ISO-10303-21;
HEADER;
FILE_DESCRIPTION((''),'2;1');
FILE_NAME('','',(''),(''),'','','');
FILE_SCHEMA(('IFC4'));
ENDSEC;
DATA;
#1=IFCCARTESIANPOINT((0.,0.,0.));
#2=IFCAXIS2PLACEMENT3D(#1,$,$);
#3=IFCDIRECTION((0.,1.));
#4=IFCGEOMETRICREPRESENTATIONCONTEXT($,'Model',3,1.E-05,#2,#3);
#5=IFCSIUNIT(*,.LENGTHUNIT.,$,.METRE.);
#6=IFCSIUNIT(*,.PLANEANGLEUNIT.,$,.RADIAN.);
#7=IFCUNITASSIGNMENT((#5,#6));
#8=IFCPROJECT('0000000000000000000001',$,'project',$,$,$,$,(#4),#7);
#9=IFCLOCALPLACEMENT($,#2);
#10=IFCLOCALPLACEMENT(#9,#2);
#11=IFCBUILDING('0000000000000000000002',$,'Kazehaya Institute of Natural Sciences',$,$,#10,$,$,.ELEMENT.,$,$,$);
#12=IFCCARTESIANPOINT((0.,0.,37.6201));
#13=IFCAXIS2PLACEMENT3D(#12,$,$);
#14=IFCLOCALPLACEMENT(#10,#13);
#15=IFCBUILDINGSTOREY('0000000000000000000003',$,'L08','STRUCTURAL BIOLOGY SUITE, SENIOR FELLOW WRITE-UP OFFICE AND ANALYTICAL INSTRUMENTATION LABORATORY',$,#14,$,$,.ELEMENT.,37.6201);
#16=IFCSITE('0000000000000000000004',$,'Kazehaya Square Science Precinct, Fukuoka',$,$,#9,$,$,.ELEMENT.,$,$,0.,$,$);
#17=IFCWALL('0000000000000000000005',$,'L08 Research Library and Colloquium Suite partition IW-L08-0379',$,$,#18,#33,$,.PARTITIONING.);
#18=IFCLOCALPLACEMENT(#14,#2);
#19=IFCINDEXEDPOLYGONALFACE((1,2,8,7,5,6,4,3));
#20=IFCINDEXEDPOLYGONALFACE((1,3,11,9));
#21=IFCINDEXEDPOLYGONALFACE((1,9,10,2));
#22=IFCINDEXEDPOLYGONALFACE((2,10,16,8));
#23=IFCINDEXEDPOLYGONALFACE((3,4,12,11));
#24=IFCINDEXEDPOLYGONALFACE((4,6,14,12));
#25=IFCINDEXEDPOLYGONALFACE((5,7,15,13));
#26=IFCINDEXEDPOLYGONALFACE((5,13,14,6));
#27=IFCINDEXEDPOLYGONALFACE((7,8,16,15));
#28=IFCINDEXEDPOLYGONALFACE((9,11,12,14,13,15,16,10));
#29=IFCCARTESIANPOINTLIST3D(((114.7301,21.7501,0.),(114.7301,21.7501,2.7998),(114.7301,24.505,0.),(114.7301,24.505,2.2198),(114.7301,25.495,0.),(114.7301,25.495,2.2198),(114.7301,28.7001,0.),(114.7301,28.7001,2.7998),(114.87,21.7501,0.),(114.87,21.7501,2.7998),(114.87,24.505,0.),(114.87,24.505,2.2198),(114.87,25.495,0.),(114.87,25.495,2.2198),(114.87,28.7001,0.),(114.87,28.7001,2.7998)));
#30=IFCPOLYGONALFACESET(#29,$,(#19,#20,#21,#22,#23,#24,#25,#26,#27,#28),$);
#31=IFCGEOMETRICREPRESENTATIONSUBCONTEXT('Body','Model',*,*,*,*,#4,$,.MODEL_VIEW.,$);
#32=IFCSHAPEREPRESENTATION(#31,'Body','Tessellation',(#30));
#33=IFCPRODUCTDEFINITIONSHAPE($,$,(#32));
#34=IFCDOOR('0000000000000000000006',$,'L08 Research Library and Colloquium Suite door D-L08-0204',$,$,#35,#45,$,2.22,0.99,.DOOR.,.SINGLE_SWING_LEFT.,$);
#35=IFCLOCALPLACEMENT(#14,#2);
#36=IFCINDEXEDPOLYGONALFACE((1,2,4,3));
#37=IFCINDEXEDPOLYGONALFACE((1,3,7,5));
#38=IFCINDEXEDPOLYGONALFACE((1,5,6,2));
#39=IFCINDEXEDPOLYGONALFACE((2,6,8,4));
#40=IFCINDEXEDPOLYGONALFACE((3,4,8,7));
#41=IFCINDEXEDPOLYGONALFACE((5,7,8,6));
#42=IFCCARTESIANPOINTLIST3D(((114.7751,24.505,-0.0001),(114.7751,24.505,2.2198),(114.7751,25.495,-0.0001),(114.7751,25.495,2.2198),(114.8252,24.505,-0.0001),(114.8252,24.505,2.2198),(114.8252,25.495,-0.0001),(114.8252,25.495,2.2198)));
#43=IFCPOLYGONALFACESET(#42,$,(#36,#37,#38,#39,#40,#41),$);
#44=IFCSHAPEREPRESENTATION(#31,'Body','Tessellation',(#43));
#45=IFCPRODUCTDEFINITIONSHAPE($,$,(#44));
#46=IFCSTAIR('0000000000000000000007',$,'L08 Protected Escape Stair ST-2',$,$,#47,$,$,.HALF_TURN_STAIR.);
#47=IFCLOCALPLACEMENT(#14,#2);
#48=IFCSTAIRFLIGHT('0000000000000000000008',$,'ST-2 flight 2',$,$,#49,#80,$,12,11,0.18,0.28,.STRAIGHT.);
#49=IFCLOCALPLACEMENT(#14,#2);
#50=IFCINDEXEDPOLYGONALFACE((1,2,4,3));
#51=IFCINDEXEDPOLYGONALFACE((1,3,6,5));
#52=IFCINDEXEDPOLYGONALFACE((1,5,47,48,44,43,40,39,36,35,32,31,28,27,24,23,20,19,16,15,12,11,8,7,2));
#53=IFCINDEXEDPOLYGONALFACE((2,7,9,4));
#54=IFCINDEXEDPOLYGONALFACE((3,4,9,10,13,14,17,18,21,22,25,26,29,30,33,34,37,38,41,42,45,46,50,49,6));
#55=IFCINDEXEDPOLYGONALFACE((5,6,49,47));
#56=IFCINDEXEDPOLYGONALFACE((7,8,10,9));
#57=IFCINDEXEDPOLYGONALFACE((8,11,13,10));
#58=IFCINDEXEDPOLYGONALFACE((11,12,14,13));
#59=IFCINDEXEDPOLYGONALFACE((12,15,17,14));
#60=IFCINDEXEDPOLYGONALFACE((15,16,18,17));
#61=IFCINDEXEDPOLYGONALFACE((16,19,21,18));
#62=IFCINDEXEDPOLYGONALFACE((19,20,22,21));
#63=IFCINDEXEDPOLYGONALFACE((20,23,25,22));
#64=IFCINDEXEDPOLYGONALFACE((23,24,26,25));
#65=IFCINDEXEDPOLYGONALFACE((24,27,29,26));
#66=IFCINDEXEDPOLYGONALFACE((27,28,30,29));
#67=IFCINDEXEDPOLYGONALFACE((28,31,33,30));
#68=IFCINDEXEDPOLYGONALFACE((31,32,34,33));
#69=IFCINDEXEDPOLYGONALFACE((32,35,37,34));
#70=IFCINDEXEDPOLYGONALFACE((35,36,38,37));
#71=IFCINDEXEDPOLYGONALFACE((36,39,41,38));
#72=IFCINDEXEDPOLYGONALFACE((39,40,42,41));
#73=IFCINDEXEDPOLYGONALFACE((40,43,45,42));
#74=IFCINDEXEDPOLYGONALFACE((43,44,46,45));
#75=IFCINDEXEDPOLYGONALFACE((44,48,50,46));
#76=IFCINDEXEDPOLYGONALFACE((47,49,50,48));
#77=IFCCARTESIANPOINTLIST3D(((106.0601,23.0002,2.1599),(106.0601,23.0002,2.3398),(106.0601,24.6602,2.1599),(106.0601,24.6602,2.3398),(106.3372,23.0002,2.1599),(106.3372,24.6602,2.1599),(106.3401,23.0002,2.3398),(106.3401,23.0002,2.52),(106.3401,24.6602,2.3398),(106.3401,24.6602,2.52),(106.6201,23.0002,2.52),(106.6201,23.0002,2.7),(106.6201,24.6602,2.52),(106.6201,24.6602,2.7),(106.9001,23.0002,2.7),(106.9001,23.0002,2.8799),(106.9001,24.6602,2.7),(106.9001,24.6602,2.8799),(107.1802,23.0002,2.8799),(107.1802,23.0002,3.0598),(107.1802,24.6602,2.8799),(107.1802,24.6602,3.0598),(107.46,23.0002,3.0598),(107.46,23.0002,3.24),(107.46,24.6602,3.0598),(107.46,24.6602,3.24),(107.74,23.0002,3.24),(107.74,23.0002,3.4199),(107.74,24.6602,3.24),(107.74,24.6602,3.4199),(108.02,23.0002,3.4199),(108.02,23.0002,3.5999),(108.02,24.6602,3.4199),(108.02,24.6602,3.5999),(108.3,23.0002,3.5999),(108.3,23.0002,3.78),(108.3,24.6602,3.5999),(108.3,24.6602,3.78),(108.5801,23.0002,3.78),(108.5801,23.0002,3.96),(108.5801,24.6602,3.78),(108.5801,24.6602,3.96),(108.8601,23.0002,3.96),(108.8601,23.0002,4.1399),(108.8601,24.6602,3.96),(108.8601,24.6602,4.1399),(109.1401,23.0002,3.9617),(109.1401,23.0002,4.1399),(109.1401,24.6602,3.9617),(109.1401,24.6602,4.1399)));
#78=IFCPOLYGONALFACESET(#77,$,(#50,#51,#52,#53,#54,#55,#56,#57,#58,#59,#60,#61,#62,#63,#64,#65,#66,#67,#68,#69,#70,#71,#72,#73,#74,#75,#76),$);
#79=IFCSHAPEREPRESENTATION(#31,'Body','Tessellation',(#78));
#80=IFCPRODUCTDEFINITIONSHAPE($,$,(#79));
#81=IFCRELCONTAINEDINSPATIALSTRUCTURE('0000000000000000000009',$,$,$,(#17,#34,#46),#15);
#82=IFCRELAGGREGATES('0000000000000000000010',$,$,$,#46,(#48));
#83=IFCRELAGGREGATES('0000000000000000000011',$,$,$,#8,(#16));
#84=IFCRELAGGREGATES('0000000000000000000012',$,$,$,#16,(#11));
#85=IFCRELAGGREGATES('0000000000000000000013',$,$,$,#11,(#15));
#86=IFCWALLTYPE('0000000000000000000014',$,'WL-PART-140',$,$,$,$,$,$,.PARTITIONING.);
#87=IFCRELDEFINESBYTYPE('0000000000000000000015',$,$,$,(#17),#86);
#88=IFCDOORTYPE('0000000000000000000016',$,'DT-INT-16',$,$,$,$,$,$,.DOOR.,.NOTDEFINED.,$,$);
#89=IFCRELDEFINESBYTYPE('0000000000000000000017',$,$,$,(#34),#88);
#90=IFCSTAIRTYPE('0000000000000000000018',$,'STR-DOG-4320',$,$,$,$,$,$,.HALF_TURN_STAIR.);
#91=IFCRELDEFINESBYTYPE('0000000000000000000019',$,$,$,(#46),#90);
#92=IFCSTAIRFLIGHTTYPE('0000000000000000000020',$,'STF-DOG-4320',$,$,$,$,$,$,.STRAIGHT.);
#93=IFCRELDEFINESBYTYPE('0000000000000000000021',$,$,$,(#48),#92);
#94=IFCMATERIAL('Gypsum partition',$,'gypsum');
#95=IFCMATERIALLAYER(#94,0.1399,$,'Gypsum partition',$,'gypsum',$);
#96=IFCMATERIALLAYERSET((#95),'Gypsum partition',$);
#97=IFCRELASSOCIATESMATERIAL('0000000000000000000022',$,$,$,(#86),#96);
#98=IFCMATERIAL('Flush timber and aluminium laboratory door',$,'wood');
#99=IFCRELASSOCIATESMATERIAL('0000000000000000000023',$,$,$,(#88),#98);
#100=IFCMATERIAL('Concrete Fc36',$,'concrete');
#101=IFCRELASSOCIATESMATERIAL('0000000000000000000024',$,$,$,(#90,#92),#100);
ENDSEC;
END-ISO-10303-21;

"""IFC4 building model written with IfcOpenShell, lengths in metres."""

from ifc_helpers import new_model, si_unit, direction, frame, frame_2d, origin, place, context, subcontext, project, spatial, polyline, rectangle, outline, extrude, material, layer, layer_set, type_object, element, fill, aggregate, save


model = new_model("IFC4")

# Units and contexts
model_context = context("Model", 3, precision=1e-05, world=origin(), true_north=direction((0.0, 1.0)))
body_context = subcontext(model_context, "Body", "Model", "MODEL_VIEW")
ifc_project = project(units=[si_unit("LENGTHUNIT", "METRE"), si_unit("PLANEANGLEUNIT", "RADIAN")], contexts=[model_context])

# Site, building, storey
site_placement = place(None, origin())
site = spatial("IfcSite", under=ifc_project, at=site_placement, Name="Kazehaya Square Science Precinct, Fukuoka", CompositionType="ELEMENT", RefElevation=0.0)
building_placement = place(site_placement, origin())
building = spatial("IfcBuilding", under=site, at=building_placement, Name="Kazehaya Institute of Natural Sciences", CompositionType="ELEMENT")
storey_placement = place(building_placement, frame((0.0, 0.0, 37.6201)))
storey = spatial("IfcBuildingStorey", under=building, at=storey_placement, Name="L08", Description="STRUCTURAL BIOLOGY SUITE, SENIOR FELLOW WRITE-UP OFFICE AND ANALYTICAL INSTRUMENTATION LABORATORY", CompositionType="ELEMENT", Elevation=37.6201)

# Shared definitions
ifc_material_1 = material(Name="Concrete Fc36", Category="concrete")

# Shared definitions
ifc_material_2 = material(Name="Gypsum partition", Category="gypsum")
ifc_layer_1 = layer(ifc_material_2, 0.1399, Name="Gypsum partition", Category="gypsum")
ifc_layer_set_1 = layer_set([ifc_layer_1], Name="Gypsum partition")
wall_type_1 = type_object("IfcWallType", Name="WL-PART-140", PredefinedType="PARTITIONING", material=ifc_layer_set_1)

# Wall, opening, door
wall_1_placement = place(storey_placement, frame((114.8, 21.75, 0.0), z_axis=(0.0, 0.0, 1.0), x_axis=(0.0, 1.0, 0.0)))
wall_1 = element("IfcWall", 1, at=wall_1_placement, inside=storey, type_object=wall_type_1, Name="L08 Research Library and Colloquium Suite partition IW-L08-0379", PredefinedType="PARTITIONING", context=body_context, shape_type="SweptSolid", body=[
    extrude(rectangle(XDim=6.95, YDim=0.1399, at=frame_2d((3.4751, 0.0))), origin(), (0.0, 0.0, 1.0), 2.7998),
])
opening_placement = place(wall_1_placement, frame((2.7549, 0.0, 0.0)))
opening = element("IfcOpeningElement", 2, at=opening_placement, cuts=wall_1, PredefinedType="OPENING", context=body_context, shape_type="SweptSolid", body=[
    extrude(rectangle(XDim=0.99, YDim=2.22, at=frame_2d((0.4951, 1.1099))), frame((0.0, 0.0798, 0.0), z_axis=(0.0, -1.0, 0.0), x_axis=(1.0, 0.0, 0.0)), (0.0, 0.0, 1.0), 0.1599),
])
ifc_material_3 = material(Name="Flush timber and aluminium laboratory door", Category="wood")
door_type = type_object("IfcDoorType", Name="DT-INT-16", OperationType="NOTDEFINED", PredefinedType="DOOR", material=ifc_material_3)
door_placement = place(opening_placement, origin())
door = element("IfcDoor", 3, at=door_placement, inside=storey, type_object=door_type, Name="L08 Research Library and Colloquium Suite door D-L08-0204", OperationType="SINGLE_SWING_LEFT", OverallHeight=2.22, OverallWidth=0.99, PredefinedType="DOOR", context=body_context, shape_type="SweptSolid", body=[
    extrude(rectangle(XDim=0.99, YDim=2.22, at=frame_2d((0.4951, 1.1099))), frame((0.0, 0.0249, 0.0), z_axis=(0.0, -1.0, 0.0), x_axis=(1.0, 0.0, 0.0)), (0.0, 0.0, 1.0), 0.05),
])
fill(opening, door)

# Stair, stair flight
stair_type = type_object("IfcStairType", Name="STR-DOG-4320", PredefinedType="HALF_TURN_STAIR", material=ifc_material_1)
stair_placement = place(storey_placement, origin())
stair = element("IfcStair", 4, at=stair_placement, inside=storey, type_object=stair_type, Name="L08 Protected Escape Stair ST-2", PredefinedType="HALF_TURN_STAIR")
stair_flight_type = type_object("IfcStairFlightType", Name="STF-DOG-4320", PredefinedType="STRAIGHT", material=ifc_material_1)
stair_flight_placement = place(storey_placement, frame((106.0601, 23.8301, 2.1599), z_axis=(0.0, 0.0, 1.0), x_axis=(1.0, 0.0, 0.0)))
stair_flight = element("IfcStairFlight", 5, at=stair_flight_placement, type_object=stair_flight_type, Name="ST-2 flight 2", NumberOfRisers=12, NumberOfTreads=11, PredefinedType="STRAIGHT", RiserHeight=0.18, TreadLength=0.28, context=body_context, shape_type="SweptSolid", body=[
    extrude(outline(polyline([(0.0, 0.0), (0.0, 0.1799), (0.28, 0.1799), (0.28, 0.3601), (0.5601, 0.3601), (0.5601, 0.54), (0.8401, 0.54), (0.8401, 0.72), (1.1201, 0.72), (1.1201, 0.8999), (1.3999, 0.8999), (1.3999, 1.0801), (1.6799, 1.0801), (1.6799, 1.26), (1.96, 1.26), (1.96, 1.4399), (2.24, 1.4399), (2.24, 1.6201), (2.52, 1.6201), (2.52, 1.8), (2.8, 1.8), (2.8, 1.98), (3.0801, 1.98), (3.0801, 2.1599), (3.0801, 1.8018), (0.2771, 0.0), (0.0, 0.0)])), frame((0.0, 0.8301, 0.0), z_axis=(0.0, -1.0, 0.0), x_axis=(1.0, 0.0, 0.0)), (0.0, 0.0, 1.0), 1.6599),
])
aggregate(stair, [stair_flight])

save(model, "model.ifc")
